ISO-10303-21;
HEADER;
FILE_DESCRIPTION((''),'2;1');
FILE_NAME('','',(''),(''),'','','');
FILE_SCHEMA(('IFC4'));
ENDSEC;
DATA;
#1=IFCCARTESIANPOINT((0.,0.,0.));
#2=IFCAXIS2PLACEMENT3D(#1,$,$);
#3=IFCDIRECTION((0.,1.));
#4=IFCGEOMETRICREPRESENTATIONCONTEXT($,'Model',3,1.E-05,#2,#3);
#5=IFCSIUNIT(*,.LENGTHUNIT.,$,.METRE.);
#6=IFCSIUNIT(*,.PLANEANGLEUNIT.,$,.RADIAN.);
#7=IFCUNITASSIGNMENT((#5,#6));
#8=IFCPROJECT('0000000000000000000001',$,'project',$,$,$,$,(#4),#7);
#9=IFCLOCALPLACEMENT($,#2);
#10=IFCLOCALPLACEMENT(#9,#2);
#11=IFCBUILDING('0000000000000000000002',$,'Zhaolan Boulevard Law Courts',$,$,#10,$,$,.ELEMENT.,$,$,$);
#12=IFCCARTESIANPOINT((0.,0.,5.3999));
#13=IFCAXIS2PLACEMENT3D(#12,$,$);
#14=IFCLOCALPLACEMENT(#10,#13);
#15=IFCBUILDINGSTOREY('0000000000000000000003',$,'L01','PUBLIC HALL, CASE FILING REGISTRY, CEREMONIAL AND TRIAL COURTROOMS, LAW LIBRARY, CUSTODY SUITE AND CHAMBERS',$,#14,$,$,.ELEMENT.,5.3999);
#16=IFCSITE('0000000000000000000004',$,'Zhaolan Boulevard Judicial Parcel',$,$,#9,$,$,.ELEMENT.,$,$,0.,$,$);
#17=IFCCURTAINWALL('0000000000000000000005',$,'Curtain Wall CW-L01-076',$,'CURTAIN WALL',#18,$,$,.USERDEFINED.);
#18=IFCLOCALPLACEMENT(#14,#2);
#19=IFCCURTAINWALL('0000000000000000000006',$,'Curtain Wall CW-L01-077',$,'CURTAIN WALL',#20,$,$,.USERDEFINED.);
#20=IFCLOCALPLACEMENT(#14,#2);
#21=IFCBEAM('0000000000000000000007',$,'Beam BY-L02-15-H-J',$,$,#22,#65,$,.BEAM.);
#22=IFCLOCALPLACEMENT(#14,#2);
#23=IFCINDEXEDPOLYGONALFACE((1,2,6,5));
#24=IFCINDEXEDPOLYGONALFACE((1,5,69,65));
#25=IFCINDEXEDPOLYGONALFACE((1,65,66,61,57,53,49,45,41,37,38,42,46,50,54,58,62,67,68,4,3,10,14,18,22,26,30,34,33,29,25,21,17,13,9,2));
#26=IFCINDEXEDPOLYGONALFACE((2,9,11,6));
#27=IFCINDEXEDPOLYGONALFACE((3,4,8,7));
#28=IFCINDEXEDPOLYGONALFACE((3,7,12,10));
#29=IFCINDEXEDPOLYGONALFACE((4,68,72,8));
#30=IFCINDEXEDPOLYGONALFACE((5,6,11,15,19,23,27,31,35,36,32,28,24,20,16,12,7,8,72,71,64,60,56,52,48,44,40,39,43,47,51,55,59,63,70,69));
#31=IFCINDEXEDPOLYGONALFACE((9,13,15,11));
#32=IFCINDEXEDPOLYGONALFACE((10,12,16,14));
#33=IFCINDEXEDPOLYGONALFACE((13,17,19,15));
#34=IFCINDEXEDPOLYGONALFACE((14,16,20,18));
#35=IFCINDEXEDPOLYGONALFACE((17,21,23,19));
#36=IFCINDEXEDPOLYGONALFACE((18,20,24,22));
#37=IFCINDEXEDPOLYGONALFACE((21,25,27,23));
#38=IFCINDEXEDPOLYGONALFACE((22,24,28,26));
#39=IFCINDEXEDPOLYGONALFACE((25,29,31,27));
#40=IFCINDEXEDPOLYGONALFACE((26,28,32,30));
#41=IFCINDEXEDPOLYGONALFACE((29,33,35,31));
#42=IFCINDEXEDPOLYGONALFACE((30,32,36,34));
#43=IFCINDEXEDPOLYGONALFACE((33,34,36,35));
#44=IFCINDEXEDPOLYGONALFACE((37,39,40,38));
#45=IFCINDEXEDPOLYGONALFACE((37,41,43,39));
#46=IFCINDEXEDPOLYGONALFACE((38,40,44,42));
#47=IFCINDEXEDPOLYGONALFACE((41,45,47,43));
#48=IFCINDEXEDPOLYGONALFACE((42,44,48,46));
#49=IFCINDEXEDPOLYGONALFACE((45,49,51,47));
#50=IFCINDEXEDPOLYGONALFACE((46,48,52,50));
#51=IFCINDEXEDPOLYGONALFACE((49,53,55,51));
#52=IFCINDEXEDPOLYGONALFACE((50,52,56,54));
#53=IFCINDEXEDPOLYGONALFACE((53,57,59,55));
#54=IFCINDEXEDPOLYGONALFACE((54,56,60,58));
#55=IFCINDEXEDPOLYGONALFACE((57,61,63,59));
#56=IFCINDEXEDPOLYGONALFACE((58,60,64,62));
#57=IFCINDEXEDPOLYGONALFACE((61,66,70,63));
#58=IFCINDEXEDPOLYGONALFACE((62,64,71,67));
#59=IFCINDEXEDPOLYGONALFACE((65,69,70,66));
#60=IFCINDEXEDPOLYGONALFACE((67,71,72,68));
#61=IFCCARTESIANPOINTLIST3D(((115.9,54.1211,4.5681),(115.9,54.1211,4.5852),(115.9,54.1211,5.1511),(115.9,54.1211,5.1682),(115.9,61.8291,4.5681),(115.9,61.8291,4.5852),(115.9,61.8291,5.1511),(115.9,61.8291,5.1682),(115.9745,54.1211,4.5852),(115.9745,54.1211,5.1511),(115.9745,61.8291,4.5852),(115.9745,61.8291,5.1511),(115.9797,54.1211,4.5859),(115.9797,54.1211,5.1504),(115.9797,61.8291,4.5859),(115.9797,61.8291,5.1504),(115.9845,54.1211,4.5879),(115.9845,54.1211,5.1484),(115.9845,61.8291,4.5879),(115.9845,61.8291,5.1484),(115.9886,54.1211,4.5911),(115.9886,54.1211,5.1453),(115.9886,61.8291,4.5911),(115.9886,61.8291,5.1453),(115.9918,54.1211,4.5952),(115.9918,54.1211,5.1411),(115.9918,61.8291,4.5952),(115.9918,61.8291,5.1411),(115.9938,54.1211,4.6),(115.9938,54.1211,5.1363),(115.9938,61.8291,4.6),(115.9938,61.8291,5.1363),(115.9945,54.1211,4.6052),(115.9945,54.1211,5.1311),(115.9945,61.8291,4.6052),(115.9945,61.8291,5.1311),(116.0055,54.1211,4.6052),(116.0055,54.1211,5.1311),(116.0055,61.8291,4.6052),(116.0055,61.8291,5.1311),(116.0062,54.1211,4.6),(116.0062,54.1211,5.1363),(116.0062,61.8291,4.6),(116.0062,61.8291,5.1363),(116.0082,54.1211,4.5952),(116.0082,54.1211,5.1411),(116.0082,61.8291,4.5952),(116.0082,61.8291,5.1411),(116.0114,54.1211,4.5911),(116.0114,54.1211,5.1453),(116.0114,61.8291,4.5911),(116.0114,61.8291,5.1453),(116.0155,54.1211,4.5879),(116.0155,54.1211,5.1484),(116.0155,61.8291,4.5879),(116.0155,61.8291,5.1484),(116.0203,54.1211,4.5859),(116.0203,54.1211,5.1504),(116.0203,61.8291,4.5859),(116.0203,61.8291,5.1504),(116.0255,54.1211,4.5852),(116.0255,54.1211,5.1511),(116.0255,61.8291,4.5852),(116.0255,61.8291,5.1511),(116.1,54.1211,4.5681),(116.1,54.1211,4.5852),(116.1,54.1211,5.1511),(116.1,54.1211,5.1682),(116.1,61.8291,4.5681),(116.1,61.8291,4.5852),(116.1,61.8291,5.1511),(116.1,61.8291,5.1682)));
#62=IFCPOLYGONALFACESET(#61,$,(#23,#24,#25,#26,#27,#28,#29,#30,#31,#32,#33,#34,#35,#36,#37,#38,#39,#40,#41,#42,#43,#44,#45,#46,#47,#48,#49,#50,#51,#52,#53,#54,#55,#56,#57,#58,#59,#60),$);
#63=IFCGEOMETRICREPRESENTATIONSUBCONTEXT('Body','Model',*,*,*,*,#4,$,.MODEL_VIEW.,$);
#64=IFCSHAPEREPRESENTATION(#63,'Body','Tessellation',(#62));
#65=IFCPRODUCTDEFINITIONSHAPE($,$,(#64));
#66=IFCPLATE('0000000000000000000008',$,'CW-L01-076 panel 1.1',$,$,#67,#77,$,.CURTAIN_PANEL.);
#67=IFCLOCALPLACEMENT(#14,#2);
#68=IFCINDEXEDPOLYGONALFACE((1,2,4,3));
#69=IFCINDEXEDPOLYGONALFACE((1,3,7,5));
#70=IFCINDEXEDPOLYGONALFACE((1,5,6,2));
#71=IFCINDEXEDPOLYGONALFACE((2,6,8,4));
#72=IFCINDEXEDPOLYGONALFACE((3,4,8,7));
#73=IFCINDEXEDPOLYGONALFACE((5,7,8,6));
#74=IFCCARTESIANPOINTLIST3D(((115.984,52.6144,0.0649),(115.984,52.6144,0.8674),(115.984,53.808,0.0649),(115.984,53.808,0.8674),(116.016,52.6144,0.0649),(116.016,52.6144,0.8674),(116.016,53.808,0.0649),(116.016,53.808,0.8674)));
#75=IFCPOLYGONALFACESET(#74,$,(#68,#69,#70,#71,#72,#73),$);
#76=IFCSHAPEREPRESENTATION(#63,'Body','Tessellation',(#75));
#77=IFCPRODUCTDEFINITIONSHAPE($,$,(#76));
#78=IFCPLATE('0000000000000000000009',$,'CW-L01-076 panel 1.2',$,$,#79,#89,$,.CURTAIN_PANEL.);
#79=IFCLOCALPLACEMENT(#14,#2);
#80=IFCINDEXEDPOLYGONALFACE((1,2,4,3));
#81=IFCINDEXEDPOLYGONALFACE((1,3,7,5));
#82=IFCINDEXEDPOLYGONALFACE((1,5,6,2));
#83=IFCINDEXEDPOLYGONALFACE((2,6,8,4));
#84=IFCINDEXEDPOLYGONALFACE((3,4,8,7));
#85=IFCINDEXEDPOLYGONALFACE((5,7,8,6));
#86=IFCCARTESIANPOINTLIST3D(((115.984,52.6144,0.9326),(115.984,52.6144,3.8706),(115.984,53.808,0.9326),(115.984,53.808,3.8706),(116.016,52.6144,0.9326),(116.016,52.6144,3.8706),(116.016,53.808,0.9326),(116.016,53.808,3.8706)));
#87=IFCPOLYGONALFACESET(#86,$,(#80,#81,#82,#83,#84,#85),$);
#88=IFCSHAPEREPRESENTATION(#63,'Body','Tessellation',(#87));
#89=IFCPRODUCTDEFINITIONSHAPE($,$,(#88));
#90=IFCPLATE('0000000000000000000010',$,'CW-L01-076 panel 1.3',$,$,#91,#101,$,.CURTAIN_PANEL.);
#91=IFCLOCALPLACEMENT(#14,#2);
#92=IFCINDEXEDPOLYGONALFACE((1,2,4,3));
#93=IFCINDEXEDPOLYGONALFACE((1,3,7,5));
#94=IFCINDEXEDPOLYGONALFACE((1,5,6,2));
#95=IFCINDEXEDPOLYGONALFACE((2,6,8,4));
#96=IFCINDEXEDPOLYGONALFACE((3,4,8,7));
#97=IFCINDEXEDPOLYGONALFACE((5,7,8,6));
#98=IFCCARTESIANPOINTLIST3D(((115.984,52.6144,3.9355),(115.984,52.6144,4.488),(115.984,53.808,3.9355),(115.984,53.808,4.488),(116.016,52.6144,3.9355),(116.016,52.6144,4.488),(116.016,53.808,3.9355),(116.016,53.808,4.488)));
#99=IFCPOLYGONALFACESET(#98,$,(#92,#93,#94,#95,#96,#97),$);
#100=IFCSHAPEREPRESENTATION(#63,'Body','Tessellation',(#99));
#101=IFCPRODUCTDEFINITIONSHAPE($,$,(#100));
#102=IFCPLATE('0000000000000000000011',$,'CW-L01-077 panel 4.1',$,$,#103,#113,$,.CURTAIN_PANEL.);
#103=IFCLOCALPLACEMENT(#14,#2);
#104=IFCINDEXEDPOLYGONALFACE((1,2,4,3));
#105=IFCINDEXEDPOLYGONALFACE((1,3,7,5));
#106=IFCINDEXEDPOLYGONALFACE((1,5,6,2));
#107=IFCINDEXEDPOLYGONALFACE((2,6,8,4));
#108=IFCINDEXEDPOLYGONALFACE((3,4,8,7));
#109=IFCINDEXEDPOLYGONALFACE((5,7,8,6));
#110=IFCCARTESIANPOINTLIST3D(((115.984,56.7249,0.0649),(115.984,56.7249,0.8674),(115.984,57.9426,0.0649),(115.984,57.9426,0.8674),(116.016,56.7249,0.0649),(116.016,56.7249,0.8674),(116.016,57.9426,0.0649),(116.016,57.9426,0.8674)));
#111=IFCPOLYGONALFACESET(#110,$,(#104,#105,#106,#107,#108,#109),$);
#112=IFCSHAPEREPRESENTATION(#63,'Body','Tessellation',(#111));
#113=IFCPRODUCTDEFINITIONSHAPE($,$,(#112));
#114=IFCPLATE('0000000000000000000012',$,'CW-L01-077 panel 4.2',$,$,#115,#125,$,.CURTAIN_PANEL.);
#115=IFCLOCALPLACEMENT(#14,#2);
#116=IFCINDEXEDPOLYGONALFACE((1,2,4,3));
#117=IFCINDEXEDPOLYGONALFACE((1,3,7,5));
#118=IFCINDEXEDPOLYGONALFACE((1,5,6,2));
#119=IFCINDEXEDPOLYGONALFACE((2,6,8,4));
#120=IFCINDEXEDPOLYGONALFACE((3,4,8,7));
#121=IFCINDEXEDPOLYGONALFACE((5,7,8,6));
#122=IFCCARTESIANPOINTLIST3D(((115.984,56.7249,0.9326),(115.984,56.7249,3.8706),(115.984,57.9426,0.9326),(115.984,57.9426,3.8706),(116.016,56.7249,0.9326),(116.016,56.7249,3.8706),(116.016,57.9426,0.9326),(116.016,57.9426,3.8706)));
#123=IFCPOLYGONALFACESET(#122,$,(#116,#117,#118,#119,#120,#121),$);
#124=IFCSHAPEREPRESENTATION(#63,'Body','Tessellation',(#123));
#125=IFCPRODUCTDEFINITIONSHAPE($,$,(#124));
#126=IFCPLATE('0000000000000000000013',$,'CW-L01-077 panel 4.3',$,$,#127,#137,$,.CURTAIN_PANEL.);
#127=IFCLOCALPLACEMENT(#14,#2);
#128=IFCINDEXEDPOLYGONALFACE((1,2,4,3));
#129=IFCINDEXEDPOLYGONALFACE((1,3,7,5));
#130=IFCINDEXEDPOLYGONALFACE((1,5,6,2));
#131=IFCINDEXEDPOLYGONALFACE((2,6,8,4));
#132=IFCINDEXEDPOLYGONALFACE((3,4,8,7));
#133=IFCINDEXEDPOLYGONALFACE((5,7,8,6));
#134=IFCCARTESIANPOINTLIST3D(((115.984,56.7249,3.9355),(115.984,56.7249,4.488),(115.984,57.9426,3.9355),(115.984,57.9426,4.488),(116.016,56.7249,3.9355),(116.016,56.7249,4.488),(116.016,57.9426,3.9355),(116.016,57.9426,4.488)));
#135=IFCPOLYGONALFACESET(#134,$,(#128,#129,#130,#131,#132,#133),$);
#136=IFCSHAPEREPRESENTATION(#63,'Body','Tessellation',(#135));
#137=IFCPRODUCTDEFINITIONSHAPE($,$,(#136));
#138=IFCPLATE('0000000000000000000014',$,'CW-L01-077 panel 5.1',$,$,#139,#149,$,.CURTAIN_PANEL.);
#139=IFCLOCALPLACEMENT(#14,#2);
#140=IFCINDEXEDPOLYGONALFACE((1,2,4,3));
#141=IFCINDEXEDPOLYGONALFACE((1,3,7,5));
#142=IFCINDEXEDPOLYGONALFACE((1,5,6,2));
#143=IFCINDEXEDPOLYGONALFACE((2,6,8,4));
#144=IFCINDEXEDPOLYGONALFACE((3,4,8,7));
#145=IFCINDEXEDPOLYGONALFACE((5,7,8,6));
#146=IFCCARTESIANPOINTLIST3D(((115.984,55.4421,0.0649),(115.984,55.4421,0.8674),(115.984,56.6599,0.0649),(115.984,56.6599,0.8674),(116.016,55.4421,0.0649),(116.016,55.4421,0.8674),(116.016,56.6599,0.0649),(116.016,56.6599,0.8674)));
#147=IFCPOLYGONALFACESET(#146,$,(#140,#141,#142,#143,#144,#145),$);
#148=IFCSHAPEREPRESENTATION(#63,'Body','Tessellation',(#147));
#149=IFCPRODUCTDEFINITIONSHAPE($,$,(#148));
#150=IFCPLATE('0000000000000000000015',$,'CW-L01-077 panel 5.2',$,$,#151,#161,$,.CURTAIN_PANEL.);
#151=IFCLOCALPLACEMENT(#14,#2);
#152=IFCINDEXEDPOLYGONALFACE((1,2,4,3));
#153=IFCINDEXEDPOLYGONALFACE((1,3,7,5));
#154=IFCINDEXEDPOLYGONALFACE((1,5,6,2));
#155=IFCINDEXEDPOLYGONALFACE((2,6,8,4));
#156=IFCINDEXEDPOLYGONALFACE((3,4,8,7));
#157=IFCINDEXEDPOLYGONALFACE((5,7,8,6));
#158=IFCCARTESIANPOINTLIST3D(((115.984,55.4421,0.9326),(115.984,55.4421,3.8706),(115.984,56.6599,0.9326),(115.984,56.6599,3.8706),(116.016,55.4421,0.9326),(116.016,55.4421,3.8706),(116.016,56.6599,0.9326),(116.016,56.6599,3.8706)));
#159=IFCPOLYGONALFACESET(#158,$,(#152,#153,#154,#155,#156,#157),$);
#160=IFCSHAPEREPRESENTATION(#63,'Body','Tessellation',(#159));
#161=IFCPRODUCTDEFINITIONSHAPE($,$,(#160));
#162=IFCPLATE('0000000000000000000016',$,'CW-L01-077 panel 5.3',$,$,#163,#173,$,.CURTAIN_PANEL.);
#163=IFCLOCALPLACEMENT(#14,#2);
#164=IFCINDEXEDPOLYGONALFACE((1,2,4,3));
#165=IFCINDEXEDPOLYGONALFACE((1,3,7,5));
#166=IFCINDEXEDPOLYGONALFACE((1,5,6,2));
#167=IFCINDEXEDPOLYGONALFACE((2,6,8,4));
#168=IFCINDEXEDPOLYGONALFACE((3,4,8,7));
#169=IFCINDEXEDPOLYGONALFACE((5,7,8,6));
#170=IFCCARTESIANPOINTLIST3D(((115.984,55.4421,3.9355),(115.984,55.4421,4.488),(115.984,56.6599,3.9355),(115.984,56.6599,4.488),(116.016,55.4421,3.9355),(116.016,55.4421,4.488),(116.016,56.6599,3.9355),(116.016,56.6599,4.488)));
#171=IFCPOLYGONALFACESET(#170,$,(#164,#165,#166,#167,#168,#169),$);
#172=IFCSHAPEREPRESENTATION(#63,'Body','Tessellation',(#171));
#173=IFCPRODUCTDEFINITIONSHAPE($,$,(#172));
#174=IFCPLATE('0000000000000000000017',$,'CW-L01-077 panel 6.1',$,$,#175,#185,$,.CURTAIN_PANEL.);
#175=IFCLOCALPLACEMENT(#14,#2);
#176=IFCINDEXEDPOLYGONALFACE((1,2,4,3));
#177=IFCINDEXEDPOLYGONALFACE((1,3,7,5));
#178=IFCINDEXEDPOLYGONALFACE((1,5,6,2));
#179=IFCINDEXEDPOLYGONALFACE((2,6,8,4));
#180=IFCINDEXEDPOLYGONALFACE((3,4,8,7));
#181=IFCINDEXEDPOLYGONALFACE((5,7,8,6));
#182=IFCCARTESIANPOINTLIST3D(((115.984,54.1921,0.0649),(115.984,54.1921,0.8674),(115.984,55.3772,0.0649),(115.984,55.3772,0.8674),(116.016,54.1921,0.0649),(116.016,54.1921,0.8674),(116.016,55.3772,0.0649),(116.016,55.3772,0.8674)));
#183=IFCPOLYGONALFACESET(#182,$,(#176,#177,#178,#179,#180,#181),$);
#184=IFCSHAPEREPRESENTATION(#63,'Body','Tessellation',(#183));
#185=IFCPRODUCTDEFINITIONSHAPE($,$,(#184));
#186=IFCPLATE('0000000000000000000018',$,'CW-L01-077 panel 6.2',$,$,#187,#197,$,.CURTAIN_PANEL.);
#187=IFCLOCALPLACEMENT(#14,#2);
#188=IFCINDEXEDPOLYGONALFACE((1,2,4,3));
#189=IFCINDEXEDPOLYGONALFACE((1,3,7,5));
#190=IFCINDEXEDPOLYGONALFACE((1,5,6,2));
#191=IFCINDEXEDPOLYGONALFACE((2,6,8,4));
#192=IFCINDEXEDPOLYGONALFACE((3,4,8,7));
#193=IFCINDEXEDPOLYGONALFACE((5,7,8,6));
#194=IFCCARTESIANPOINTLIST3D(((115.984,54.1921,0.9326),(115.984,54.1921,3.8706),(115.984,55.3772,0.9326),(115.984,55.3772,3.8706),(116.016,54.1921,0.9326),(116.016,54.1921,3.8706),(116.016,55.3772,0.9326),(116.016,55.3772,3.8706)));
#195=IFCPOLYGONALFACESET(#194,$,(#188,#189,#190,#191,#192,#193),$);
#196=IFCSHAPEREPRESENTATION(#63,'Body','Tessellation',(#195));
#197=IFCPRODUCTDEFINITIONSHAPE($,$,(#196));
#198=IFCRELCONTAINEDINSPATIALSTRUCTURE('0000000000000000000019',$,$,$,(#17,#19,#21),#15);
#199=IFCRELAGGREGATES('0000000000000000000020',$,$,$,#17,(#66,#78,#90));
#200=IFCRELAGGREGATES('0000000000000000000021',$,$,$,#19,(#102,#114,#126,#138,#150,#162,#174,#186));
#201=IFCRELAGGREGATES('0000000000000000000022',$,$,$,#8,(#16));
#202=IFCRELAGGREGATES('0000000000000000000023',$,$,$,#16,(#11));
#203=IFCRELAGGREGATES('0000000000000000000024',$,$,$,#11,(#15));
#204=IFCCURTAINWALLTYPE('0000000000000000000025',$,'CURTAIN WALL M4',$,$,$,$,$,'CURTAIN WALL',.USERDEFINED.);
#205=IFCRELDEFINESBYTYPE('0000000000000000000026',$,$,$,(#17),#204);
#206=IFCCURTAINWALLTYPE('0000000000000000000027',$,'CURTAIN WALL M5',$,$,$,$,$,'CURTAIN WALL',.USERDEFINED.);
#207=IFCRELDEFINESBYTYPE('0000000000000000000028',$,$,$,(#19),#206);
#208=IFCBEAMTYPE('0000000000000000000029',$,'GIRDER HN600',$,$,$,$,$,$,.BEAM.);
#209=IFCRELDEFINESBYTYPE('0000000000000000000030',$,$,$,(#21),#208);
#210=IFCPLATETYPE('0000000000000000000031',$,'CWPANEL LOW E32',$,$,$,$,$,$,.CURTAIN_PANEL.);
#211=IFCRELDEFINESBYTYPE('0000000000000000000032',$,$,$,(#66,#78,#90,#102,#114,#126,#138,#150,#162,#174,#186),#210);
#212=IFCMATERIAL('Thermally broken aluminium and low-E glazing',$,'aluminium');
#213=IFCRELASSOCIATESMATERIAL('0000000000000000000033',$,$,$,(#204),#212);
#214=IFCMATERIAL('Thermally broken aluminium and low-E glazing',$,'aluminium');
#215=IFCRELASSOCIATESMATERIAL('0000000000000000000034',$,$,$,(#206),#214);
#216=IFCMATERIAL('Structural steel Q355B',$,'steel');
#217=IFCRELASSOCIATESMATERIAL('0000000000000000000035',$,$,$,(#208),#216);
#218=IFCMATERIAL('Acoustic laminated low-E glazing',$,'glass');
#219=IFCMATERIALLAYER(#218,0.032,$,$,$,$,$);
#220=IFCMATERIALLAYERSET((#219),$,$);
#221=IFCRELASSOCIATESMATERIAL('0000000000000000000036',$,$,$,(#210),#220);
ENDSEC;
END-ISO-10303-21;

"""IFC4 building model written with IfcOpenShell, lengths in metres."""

from ifc_helpers import new_model, si_unit, direction, frame, origin, origin_2d, place, context, subcontext, project, spatial, rectangle, i_section, extrude, material, layer, layer_set, material_profile, profile_set, type_object, element, aggregate, save


model = new_model("IFC4")

# Units and contexts
model_context = context("Model", 3, precision=1e-05, world=origin(), true_north=direction((0.0, 1.0)))
body_context = subcontext(model_context, "Body", "Model", "MODEL_VIEW")
ifc_project = project(units=[si_unit("LENGTHUNIT", "METRE"), si_unit("PLANEANGLEUNIT", "RADIAN")], contexts=[model_context])

# Site, building, storey
site_placement = place(None, origin())
site = spatial("IfcSite", under=ifc_project, at=site_placement, Name="Zhaolan Boulevard Judicial Parcel", CompositionType="ELEMENT", RefElevation=0.0)
building_placement = place(site_placement, origin())
building = spatial("IfcBuilding", under=site, at=building_placement, Name="Zhaolan Boulevard Law Courts", CompositionType="ELEMENT")
storey_placement = place(building_placement, frame((0.0, 0.0, 5.3999)))
storey = spatial("IfcBuildingStorey", under=building, at=storey_placement, Name="L01", Description="PUBLIC HALL, CASE FILING REGISTRY, CEREMONIAL AND TRIAL COURTROOMS, LAW LIBRARY, CUSTODY SUITE AND CHAMBERS", CompositionType="ELEMENT", Elevation=5.3999)

# Curtain walls
ifc_material_1 = material(Name="Thermally broken aluminium and low-E glazing", Category="aluminium")
curtain_wall_type_1 = type_object("IfcCurtainWallType", Name="CURTAIN WALL M4", ElementType="CURTAIN WALL", PredefinedType="USERDEFINED", material=ifc_material_1)
curtain_wall_1_placement = place(storey_placement, origin())
curtain_wall_1 = element("IfcCurtainWall", 1, at=curtain_wall_1_placement, inside=storey, type_object=curtain_wall_type_1, Name="Curtain Wall CW-L01-076", ObjectType="CURTAIN WALL", PredefinedType="USERDEFINED")
ifc_material_2 = material(Name="Thermally broken aluminium and low-E glazing", Category="aluminium")
curtain_wall_type_2 = type_object("IfcCurtainWallType", Name="CURTAIN WALL M5", ElementType="CURTAIN WALL", PredefinedType="USERDEFINED", material=ifc_material_2)
curtain_wall_2_placement = place(storey_placement, origin())
curtain_wall_2 = element("IfcCurtainWall", 2, at=curtain_wall_2_placement, inside=storey, type_object=curtain_wall_type_2, Name="Curtain Wall CW-L01-077", ObjectType="CURTAIN WALL", PredefinedType="USERDEFINED")

# Beam
ifc_material_3 = material(Name="Structural steel Q355B", Category="steel")
ifc_material_profile_1 = material_profile(ifc_material_3, i_section(OverallWidth=0.2, OverallDepth=0.6001, WebThickness=0.011, FlangeThickness=0.0171, FilletRadius=0.02, at=origin_2d()), Name="HN600x200")
ifc_profile_set_1 = profile_set([ifc_material_profile_1], Name="Structural steel Q355B")
beam_type = type_object("IfcBeamType", Name="GIRDER HN600", PredefinedType="BEAM", material=ifc_profile_set_1)
beam_placement = place(storey_placement, frame((116.0, 54.1211, 4.8682), z_axis=(0.0, 1.0, 0.0), x_axis=(-1.0, 0.0, 0.0)))
element("IfcBeam", 3, at=beam_placement, inside=storey, type_object=beam_type, Name="Beam BY-L02-15-H-J", PredefinedType="BEAM", context=body_context, shape_type="SweptSolid", body=[
    extrude(i_section(OverallWidth=0.2, OverallDepth=0.6001, WebThickness=0.011, FlangeThickness=0.0171, FilletRadius=0.02, at=origin_2d()), origin(), (0.0, 0.0, 1.0), 7.708),
])

# Plates
ifc_material_4 = material(Name="Acoustic laminated low-E glazing", Category="glass")
ifc_layer = layer(ifc_material_4, 0.032)
ifc_layer_set = layer_set([ifc_layer])
plate_type = type_object("IfcPlateType", Name="CWPANEL LOW E32", PredefinedType="CURTAIN_PANEL", material=ifc_layer_set)
plate_1_placement = place(storey_placement, frame((116.0, 53.2112, 0.0649), z_axis=(0.0, 0.0, 1.0), x_axis=(0.0, -1.0, 0.0)))
plate_1 = element("IfcPlate", 4, at=plate_1_placement, type_object=plate_type, Name="CW-L01-076 panel 1.1", PredefinedType="CURTAIN_PANEL", context=body_context, shape_type="SweptSolid", body=[
    extrude(rectangle(XDim=1.1936, YDim=0.032, at=origin_2d()), origin(), (0.0, 0.0, 1.0), 0.8025),
])
plate_2_placement = place(storey_placement, frame((116.0, 53.2112, 0.9326), z_axis=(0.0, 0.0, 1.0), x_axis=(0.0, -1.0, 0.0)))
plate_2 = element("IfcPlate", 5, at=plate_2_placement, type_object=plate_type, Name="CW-L01-076 panel 1.2", PredefinedType="CURTAIN_PANEL", context=body_context, shape_type="SweptSolid", body=[
    extrude(rectangle(XDim=1.1936, YDim=0.032, at=origin_2d()), origin(), (0.0, 0.0, 1.0), 2.938),
])
plate_3_placement = place(storey_placement, frame((116.0, 53.2112, 3.9355), z_axis=(0.0, 0.0, 1.0), x_axis=(0.0, -1.0, 0.0)))
plate_3 = element("IfcPlate", 6, at=plate_3_placement, type_object=plate_type, Name="CW-L01-076 panel 1.3", PredefinedType="CURTAIN_PANEL", context=body_context, shape_type="SweptSolid", body=[
    extrude(rectangle(XDim=1.1936, YDim=0.032, at=origin_2d()), origin(), (0.0, 0.0, 1.0), 0.5525),
])
aggregate(curtain_wall_1, [plate_1, plate_2, plate_3])
plate_4_placement = place(storey_placement, frame((116.0, 57.3337, 0.0649), z_axis=(0.0, 0.0, 1.0), x_axis=(0.0, -1.0, 0.0)))
plate_4 = element("IfcPlate", 7, at=plate_4_placement, type_object=plate_type, Name="CW-L01-077 panel 4.1", PredefinedType="CURTAIN_PANEL", context=body_context, shape_type="SweptSolid", body=[
    extrude(rectangle(XDim=1.2178, YDim=0.032, at=origin_2d()), origin(), (0.0, 0.0, 1.0), 0.8025),
])
plate_5_placement = place(storey_placement, frame((116.0, 57.3337, 0.9326), z_axis=(0.0, 0.0, 1.0), x_axis=(0.0, -1.0, 0.0)))
plate_5 = element("IfcPlate", 8, at=plate_5_placement, type_object=plate_type, Name="CW-L01-077 panel 4.2", PredefinedType="CURTAIN_PANEL", context=body_context, shape_type="SweptSolid", body=[
    extrude(rectangle(XDim=1.2178, YDim=0.032, at=origin_2d()), origin(), (0.0, 0.0, 1.0), 2.938),
])
plate_6_placement = place(storey_placement, frame((116.0, 57.3337, 3.9355), z_axis=(0.0, 0.0, 1.0), x_axis=(0.0, -1.0, 0.0)))
plate_6 = element("IfcPlate", 9, at=plate_6_placement, type_object=plate_type, Name="CW-L01-077 panel 4.3", PredefinedType="CURTAIN_PANEL", context=body_context, shape_type="SweptSolid", body=[
    extrude(rectangle(XDim=1.2178, YDim=0.032, at=origin_2d()), origin(), (0.0, 0.0, 1.0), 0.5525),
])
plate_7_placement = place(storey_placement, frame((116.0, 56.051, 0.0649), z_axis=(0.0, 0.0, 1.0), x_axis=(0.0, -1.0, 0.0)))
plate_7 = element("IfcPlate", 10, at=plate_7_placement, type_object=plate_type, Name="CW-L01-077 panel 5.1", PredefinedType="CURTAIN_PANEL", context=body_context, shape_type="SweptSolid", body=[
    extrude(rectangle(XDim=1.2178, YDim=0.032, at=origin_2d()), origin(), (0.0, 0.0, 1.0), 0.8025),
])
plate_8_placement = place(storey_placement, frame((116.0, 56.051, 0.9326), z_axis=(0.0, 0.0, 1.0), x_axis=(0.0, -1.0, 0.0)))
plate_8 = element("IfcPlate", 11, at=plate_8_placement, type_object=plate_type, Name="CW-L01-077 panel 5.2", PredefinedType="CURTAIN_PANEL", context=body_context, shape_type="SweptSolid", body=[
    extrude(rectangle(XDim=1.2178, YDim=0.032, at=origin_2d()), origin(), (0.0, 0.0, 1.0), 2.938),
])
plate_9_placement = place(storey_placement, frame((116.0, 56.051, 3.9355), z_axis=(0.0, 0.0, 1.0), x_axis=(0.0, -1.0, 0.0)))
plate_9 = element("IfcPlate", 12, at=plate_9_placement, type_object=plate_type, Name="CW-L01-077 panel 5.3", PredefinedType="CURTAIN_PANEL", context=body_context, shape_type="SweptSolid", body=[
    extrude(rectangle(XDim=1.2178, YDim=0.032, at=origin_2d()), origin(), (0.0, 0.0, 1.0), 0.5525),
])
plate_10_placement = place(storey_placement, frame((116.0, 54.7847, 0.0649), z_axis=(0.0, 0.0, 1.0), x_axis=(0.0, -1.0, 0.0)))
plate_10 = element("IfcPlate", 13, at=plate_10_placement, type_object=plate_type, Name="CW-L01-077 panel 6.1", PredefinedType="CURTAIN_PANEL", context=body_context, shape_type="SweptSolid", body=[
    extrude(rectangle(XDim=1.1851, YDim=0.032, at=origin_2d()), origin(), (0.0, 0.0, 1.0), 0.8025),
])
plate_11_placement = place(storey_placement, frame((116.0, 54.7847, 0.9326), z_axis=(0.0, 0.0, 1.0), x_axis=(0.0, -1.0, 0.0)))
plate_11 = element("IfcPlate", 14, at=plate_11_placement, type_object=plate_type, Name="CW-L01-077 panel 6.2", PredefinedType="CURTAIN_PANEL", context=body_context, shape_type="SweptSolid", body=[
    extrude(rectangle(XDim=1.1851, YDim=0.032, at=origin_2d()), origin(), (0.0, 0.0, 1.0), 2.938),
])
aggregate(curtain_wall_2, [plate_4, plate_5, plate_6, plate_7, plate_8, plate_9, plate_10, plate_11])

save(model, "model.ifc")
